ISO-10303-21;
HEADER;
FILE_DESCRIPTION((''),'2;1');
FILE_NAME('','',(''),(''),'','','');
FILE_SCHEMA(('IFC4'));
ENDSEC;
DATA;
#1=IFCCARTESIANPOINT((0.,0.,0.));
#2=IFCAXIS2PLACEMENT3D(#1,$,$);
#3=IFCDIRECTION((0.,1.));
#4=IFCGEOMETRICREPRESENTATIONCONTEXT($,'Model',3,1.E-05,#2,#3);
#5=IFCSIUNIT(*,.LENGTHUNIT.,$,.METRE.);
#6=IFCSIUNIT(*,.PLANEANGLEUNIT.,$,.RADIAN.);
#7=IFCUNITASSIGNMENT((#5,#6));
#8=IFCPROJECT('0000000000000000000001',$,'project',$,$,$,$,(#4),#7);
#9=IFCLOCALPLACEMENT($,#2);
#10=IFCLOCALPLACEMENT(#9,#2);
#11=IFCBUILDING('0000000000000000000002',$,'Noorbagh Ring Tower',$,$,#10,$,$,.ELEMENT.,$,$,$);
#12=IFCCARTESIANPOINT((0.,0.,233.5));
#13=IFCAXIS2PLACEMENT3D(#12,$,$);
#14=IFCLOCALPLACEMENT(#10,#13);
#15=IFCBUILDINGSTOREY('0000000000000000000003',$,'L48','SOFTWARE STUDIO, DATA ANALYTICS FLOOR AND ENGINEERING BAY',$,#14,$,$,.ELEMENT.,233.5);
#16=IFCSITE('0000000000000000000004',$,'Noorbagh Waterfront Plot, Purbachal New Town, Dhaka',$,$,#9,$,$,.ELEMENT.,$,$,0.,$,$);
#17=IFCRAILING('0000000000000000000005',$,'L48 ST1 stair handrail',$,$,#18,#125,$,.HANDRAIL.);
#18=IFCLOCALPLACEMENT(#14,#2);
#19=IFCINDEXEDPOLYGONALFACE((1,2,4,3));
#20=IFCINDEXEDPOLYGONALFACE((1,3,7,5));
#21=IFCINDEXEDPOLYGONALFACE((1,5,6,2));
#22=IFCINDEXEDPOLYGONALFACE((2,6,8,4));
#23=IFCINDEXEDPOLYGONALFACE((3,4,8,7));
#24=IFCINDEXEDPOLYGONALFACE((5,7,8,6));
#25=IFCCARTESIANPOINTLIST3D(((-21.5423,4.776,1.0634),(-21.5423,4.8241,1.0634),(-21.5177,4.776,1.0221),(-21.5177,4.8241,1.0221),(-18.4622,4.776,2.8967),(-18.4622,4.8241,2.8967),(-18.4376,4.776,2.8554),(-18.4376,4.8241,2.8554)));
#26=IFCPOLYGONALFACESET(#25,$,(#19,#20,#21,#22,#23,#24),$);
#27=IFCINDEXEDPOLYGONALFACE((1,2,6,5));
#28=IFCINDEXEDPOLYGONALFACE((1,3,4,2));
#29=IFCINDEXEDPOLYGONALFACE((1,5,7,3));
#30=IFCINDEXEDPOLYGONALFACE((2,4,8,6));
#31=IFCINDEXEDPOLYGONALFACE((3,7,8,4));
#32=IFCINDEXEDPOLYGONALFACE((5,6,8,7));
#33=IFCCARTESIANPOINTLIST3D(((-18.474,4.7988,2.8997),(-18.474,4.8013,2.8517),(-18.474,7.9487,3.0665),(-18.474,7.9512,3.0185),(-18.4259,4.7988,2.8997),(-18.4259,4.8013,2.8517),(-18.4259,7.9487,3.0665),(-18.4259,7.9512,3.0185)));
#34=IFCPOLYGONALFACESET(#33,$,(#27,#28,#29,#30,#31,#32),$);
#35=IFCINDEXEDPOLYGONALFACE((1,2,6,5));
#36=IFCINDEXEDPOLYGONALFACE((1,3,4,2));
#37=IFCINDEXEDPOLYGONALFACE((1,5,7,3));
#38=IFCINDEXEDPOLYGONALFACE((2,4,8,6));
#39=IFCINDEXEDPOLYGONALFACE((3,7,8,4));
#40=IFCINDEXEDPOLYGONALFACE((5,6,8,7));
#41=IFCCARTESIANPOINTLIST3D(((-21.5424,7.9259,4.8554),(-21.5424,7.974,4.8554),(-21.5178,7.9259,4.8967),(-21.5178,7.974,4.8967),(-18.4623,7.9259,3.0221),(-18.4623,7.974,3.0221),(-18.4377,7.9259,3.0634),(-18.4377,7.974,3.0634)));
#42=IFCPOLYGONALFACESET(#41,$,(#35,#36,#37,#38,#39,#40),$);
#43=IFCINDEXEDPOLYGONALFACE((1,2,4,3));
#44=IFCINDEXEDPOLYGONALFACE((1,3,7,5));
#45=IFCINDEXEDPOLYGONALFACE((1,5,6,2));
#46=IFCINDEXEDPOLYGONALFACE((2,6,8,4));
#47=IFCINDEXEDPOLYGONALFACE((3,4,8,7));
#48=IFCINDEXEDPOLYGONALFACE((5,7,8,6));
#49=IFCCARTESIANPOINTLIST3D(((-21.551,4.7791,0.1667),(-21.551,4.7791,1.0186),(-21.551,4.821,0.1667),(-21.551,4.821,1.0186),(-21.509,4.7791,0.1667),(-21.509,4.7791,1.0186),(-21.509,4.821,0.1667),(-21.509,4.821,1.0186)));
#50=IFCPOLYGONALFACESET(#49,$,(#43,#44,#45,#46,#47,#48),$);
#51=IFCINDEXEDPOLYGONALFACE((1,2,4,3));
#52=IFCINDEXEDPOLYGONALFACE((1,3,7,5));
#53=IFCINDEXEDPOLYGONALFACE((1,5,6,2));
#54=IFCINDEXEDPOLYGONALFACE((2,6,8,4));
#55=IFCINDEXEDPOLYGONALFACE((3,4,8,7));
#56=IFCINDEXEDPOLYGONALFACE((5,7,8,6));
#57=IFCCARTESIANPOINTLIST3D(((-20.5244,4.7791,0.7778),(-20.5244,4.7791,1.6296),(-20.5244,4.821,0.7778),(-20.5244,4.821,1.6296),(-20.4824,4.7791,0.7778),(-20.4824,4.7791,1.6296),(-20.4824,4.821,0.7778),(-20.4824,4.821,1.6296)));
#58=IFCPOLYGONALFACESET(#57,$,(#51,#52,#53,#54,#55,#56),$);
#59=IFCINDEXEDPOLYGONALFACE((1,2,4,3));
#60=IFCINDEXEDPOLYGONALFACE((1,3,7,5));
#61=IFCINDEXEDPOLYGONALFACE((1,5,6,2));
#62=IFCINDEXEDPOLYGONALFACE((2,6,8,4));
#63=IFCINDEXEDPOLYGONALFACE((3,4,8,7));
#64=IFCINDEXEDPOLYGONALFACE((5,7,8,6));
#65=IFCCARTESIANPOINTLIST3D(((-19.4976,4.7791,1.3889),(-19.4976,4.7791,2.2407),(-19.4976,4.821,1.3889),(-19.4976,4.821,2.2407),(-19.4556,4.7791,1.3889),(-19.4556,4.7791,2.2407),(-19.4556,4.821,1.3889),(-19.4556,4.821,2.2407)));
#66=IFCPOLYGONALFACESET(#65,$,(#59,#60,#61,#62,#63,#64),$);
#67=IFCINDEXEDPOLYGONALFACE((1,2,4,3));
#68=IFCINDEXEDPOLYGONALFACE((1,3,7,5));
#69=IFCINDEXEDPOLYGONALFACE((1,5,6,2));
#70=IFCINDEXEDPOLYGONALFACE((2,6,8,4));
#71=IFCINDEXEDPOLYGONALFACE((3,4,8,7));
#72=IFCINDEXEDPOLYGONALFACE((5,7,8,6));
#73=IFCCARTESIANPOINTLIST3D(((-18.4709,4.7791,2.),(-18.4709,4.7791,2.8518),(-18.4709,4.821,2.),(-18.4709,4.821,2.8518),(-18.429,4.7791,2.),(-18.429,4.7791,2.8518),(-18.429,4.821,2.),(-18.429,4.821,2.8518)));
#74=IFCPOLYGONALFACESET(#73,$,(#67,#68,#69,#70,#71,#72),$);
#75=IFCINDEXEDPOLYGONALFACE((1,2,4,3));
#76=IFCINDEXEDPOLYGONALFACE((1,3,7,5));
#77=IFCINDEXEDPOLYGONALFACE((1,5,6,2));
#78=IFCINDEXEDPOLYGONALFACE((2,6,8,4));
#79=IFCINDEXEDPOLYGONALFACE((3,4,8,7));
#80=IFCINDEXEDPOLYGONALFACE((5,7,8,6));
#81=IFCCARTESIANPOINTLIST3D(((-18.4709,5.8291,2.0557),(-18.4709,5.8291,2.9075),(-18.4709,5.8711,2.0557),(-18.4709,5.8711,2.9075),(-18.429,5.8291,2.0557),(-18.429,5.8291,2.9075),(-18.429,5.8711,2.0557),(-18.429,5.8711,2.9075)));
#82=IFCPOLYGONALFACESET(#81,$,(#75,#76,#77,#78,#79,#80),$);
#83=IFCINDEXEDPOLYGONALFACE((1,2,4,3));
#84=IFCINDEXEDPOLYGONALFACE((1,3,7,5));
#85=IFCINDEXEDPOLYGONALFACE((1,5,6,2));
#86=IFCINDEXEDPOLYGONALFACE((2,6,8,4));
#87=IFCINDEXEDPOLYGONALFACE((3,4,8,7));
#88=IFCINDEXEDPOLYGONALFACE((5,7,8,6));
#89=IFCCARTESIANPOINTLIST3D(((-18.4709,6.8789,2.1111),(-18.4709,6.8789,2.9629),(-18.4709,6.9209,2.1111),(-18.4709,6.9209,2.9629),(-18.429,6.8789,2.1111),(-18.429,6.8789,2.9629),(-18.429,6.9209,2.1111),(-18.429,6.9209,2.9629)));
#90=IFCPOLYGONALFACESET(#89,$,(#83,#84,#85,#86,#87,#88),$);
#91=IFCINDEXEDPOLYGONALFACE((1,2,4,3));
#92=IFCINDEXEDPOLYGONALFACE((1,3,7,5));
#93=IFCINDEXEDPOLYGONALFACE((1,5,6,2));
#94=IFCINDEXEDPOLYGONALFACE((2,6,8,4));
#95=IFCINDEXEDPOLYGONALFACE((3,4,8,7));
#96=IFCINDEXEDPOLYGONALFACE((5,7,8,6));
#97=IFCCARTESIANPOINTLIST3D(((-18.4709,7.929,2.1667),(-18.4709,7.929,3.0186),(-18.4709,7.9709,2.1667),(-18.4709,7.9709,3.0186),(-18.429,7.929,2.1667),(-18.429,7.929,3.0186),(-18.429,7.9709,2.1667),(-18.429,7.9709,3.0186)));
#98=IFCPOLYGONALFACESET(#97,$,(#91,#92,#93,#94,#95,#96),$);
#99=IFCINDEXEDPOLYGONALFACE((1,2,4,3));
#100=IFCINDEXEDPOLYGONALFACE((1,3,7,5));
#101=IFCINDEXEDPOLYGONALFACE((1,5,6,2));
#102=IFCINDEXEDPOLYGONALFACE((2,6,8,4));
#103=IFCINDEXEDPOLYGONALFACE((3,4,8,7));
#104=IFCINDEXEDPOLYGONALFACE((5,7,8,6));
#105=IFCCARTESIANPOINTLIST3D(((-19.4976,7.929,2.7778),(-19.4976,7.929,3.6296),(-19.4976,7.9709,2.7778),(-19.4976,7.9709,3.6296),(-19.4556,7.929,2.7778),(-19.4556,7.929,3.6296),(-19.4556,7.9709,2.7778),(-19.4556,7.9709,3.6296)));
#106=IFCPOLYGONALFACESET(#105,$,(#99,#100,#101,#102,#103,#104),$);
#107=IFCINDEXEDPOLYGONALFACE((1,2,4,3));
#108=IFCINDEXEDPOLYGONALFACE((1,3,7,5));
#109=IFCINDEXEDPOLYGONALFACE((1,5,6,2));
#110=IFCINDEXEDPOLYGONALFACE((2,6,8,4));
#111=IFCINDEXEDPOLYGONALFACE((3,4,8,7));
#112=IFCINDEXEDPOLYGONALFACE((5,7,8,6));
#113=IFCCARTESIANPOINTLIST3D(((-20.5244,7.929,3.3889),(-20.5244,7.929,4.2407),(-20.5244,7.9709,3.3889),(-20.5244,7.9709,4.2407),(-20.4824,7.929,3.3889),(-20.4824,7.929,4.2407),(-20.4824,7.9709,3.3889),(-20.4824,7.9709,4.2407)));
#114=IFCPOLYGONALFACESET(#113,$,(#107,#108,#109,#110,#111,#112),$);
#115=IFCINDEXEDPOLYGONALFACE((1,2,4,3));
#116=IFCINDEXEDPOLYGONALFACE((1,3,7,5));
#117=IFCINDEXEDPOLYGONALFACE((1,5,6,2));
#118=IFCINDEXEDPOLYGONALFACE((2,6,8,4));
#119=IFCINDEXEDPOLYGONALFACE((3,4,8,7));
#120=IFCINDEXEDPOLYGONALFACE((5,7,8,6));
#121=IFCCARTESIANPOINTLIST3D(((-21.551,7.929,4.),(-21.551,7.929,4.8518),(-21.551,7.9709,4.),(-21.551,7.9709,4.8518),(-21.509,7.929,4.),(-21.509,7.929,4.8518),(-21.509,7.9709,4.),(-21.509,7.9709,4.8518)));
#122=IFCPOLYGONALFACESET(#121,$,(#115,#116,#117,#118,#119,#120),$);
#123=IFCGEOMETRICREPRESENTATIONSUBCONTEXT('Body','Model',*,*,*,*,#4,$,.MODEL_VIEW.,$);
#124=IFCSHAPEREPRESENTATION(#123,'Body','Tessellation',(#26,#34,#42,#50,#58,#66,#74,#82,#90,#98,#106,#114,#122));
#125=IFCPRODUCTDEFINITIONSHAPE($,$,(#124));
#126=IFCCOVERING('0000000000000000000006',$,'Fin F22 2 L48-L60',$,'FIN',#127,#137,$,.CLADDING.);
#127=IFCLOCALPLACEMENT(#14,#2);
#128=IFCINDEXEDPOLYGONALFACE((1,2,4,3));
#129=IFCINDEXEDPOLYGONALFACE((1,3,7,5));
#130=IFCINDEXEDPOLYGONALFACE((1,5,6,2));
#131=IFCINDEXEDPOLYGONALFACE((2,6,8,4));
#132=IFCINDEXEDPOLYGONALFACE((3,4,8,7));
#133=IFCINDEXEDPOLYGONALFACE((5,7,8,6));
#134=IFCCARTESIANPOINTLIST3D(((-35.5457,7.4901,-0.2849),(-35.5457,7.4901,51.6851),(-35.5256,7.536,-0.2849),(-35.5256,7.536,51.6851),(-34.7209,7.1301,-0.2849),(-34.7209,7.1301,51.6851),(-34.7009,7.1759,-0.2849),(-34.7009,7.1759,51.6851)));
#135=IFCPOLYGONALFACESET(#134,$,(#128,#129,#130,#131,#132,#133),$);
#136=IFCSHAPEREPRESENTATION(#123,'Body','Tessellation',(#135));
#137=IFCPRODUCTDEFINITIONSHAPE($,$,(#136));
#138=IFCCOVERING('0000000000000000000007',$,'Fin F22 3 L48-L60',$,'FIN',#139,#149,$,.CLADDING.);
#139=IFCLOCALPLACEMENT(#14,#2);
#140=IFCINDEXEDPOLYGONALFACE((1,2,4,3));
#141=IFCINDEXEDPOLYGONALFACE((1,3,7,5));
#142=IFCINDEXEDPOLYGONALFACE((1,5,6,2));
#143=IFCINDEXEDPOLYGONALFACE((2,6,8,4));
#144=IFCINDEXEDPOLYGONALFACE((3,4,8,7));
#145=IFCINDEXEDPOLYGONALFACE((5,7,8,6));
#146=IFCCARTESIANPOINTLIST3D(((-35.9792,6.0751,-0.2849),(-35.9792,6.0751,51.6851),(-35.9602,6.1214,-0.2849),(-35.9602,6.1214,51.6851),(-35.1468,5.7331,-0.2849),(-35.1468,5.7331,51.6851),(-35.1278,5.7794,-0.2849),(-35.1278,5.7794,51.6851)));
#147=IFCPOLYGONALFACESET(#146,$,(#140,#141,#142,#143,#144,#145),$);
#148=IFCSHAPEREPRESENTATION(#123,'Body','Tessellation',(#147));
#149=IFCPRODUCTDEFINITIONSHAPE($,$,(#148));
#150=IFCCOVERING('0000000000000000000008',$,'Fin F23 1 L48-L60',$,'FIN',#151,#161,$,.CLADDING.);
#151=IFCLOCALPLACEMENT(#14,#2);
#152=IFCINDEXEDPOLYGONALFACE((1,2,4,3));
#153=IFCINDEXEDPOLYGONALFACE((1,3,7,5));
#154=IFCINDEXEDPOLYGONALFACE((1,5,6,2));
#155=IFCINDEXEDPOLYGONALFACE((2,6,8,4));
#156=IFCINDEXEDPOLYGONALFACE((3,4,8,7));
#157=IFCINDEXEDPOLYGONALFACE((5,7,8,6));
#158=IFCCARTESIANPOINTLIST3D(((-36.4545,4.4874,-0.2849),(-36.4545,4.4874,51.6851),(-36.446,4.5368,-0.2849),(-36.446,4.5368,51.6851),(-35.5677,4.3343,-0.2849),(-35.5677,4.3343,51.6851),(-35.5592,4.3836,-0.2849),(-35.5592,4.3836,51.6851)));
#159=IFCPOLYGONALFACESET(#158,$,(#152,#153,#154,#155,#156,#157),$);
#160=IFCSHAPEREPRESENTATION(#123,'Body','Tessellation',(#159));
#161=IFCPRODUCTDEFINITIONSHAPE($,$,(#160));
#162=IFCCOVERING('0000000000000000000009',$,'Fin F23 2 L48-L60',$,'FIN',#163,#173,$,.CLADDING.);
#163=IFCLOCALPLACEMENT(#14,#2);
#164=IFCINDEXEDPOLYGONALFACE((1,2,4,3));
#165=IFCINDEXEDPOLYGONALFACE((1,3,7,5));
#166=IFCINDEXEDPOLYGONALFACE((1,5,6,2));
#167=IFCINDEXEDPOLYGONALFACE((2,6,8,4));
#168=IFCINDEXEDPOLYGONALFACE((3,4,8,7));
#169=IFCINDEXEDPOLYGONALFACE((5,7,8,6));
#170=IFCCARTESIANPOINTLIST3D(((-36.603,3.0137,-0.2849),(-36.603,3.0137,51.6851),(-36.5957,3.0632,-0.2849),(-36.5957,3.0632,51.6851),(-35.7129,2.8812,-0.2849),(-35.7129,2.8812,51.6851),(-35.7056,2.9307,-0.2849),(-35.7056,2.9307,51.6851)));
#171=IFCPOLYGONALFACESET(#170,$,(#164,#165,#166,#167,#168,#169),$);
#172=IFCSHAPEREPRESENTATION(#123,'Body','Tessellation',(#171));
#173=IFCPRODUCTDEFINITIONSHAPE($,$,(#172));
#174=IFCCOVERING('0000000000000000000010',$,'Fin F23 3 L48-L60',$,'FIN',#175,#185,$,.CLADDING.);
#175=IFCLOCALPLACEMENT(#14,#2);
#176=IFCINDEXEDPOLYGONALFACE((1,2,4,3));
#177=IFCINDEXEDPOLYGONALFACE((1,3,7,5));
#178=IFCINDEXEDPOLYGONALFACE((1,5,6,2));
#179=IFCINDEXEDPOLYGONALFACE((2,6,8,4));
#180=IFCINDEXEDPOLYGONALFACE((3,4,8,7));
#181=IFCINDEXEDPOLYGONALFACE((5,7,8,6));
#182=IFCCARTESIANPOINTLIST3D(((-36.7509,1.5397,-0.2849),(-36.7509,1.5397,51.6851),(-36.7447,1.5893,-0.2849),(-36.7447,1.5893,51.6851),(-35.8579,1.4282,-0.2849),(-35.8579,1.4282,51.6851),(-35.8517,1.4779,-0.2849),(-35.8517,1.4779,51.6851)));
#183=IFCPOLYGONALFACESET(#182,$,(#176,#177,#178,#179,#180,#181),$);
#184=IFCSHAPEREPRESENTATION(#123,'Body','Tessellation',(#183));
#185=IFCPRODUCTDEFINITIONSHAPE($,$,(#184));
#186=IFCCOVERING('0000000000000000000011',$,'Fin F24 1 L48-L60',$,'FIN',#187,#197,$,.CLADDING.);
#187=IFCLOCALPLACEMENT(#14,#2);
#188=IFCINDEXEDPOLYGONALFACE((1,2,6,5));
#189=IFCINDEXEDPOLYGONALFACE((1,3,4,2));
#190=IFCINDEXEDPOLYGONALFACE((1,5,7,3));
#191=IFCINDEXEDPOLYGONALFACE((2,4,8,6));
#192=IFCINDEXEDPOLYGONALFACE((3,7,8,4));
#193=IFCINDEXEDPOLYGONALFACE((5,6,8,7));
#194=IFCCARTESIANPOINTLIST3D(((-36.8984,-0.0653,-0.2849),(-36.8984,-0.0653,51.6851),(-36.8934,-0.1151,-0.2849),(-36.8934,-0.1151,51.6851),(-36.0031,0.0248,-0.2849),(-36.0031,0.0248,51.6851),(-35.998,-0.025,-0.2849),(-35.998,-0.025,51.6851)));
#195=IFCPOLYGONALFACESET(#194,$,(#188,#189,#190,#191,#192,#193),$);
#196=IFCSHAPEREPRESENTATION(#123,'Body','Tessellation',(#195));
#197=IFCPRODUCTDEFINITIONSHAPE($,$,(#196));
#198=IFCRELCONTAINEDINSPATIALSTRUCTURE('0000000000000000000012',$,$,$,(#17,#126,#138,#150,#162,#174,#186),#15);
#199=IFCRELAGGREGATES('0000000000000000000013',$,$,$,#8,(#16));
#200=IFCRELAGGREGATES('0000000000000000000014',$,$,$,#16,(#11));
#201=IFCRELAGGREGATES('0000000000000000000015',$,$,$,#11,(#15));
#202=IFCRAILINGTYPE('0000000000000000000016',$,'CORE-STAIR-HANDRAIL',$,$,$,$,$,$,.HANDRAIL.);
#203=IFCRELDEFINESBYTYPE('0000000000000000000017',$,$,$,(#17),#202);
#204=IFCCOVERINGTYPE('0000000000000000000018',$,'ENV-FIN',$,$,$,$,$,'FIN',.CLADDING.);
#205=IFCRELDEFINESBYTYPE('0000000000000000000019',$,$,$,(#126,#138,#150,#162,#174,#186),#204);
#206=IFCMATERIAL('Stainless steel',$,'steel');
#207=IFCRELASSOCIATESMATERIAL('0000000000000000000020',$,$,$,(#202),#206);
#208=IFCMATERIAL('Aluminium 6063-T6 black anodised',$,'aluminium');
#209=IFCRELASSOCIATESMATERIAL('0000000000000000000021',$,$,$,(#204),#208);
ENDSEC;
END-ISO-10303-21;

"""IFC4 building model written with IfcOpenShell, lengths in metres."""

from ifc_helpers import new_model, si_unit, direction, frame, origin, origin_2d, place, context, subcontext, project, spatial, rectangle, extrude, material, material_profile, profile_set, type_object, element, save


model = new_model("IFC4")

# Units and contexts
model_context = context("Model", 3, precision=1e-05, world=origin(), true_north=direction((0.0, 1.0)))
body_context = subcontext(model_context, "Body", "Model", "MODEL_VIEW")
ifc_project = project(units=[si_unit("LENGTHUNIT", "METRE"), si_unit("PLANEANGLEUNIT", "RADIAN")], contexts=[model_context])

# Site, building, storey
site_placement = place(None, origin())
site = spatial("IfcSite", under=ifc_project, at=site_placement, Name="Noorbagh Waterfront Plot, Purbachal New Town, Dhaka", CompositionType="ELEMENT", RefElevation=0.0)
building_placement = place(site_placement, origin())
building = spatial("IfcBuilding", under=site, at=building_placement, Name="Noorbagh Ring Tower", CompositionType="ELEMENT")
storey_placement = place(building_placement, frame((0.0, 0.0, 233.5)))
storey = spatial("IfcBuildingStorey", under=building, at=storey_placement, Name="L48", Description="SOFTWARE STUDIO, DATA ANALYTICS FLOOR AND ENGINEERING BAY", CompositionType="ELEMENT", Elevation=233.5)

# Railing
ifc_material_1 = material(Name="Stainless steel", Category="steel")
railing_type_1 = type_object("IfcRailingType", Name="CORE-STAIR-HANDRAIL", PredefinedType="HANDRAIL", material=ifc_material_1)
railing_1_placement = place(storey_placement, frame((-21.53, 4.8, 0.1667)))
element("IfcRailing", 1, at=railing_1_placement, inside=storey, type_object=railing_type_1, Name="L48 ST1 stair handrail", PredefinedType="HANDRAIL", context=body_context, shape_type="SweptSolid", body=[
    extrude(rectangle(XDim=0.0481, YDim=0.0481, at=origin_2d()), frame((0.0, 0.0, 0.876), z_axis=(0.859309, 0.0, 0.511458), x_axis=(0.0, 1.0, 0.0)), (0.0, 0.0, 1.0), 3.5845),
    extrude(rectangle(XDim=0.0481, YDim=0.0481, at=origin_2d()), frame((3.0801, 0.0, 2.709), z_axis=(0.0, 0.998602, 0.052864), x_axis=(-1.0, 0.0, 0.0)), (0.0, 0.0, 1.0), 3.1543),
    extrude(rectangle(XDim=0.0481, YDim=0.0481, at=origin_2d()), frame((3.0801, 3.1499, 2.876), z_axis=(-0.859309, 0.0, 0.511458), x_axis=(0.0, -1.0, 0.0)), (0.0, 0.0, 1.0), 3.5845),
    extrude(rectangle(XDim=0.042, YDim=0.042, at=origin_2d()), origin(), (0.0, 0.0, 1.0), 0.8518),
    extrude(rectangle(XDim=0.042, YDim=0.042, at=origin_2d()), frame((1.0266, 0.0, 0.6111)), (0.0, 0.0, 1.0), 0.8518),
    extrude(rectangle(XDim=0.042, YDim=0.042, at=origin_2d()), frame((2.0535, 0.0, 1.2222)), (0.0, 0.0, 1.0), 0.8518),
    extrude(rectangle(XDim=0.042, YDim=0.042, at=origin_2d()), frame((3.0801, 0.0, 1.8333)), (0.0, 0.0, 1.0), 0.8518),
    extrude(rectangle(XDim=0.042, YDim=0.042, at=origin_2d()), frame((3.0801, 1.05, 1.8889)), (0.0, 0.0, 1.0), 0.8518),
    extrude(rectangle(XDim=0.042, YDim=0.042, at=origin_2d()), frame((3.0801, 2.0999, 1.9443)), (0.0, 0.0, 1.0), 0.8518),
    extrude(rectangle(XDim=0.042, YDim=0.042, at=origin_2d()), frame((3.0801, 3.1499, 2.0)), (0.0, 0.0, 1.0), 0.8518),
    extrude(rectangle(XDim=0.042, YDim=0.042, at=origin_2d()), frame((2.0535, 3.1499, 2.6111)), (0.0, 0.0, 1.0), 0.8518),
    extrude(rectangle(XDim=0.042, YDim=0.042, at=origin_2d()), frame((1.0266, 3.1499, 3.2222)), (0.0, 0.0, 1.0), 0.8518),
    extrude(rectangle(XDim=0.042, YDim=0.042, at=origin_2d()), frame((0.0, 3.1499, 3.8333)), (0.0, 0.0, 1.0), 0.8518),
])

# Coverings
ifc_material_2 = material(Name="Aluminium 6063-T6 black anodised", Category="aluminium")
ifc_material_profile_1 = material_profile(ifc_material_2, rectangle(XDim=0.8999, YDim=0.05, at=origin_2d()), Name="900x50")
ifc_profile_set_1 = profile_set([ifc_material_profile_1], Name="Aluminium 6063-T6 black anodised")
covering_type = type_object("IfcCoveringType", Name="ENV-FIN", ElementType="FIN", PredefinedType="CLADDING", material=ifc_profile_set_1)
for number, where, z_axis, x_axis, name in (
    (2, (-35.1233, 7.333, -0.2849), (0.0, 0.0, 1.0), (-0.916475, 0.400092, 0.0), "Fin F22 2 L48-L60"),
    (3, (-35.5535, 5.9272, -0.2849), (0.0, 0.0, 1.0), (-0.925001, 0.379965, 0.0), "Fin F22 3 L48-L60"),
    (4, (-36.0068, 4.4355, -0.2849), (0.0, 0.0, 1.0), (-0.985419, 0.170147, 0.0), "Fin F23 1 L48-L60"),
    (5, (-36.1543, 2.9722, -0.2849), (0.0, 0.0, 1.0), (-0.989103, 0.147226, 0.0), "Fin F23 2 L48-L60"),
    (6, (-36.3013, 1.5088, -0.2849), (0.0, 0.0, 1.0), (-0.992303, 0.123835, 0.0), "Fin F23 3 L48-L60"),
    (7, (-36.4482, -0.0452, -0.2849), (0.0, 0.0, 1.0), (-0.99497, -0.100178, 0.0), "Fin F24 1 L48-L60"),
):
    element("IfcCovering", number, at=place(storey_placement, frame(where, z_axis=z_axis, x_axis=x_axis)), inside=storey, type_object=covering_type, Name=name, ObjectType="FIN", PredefinedType="CLADDING", context=body_context, shape_type="SweptSolid", body=[
        extrude(rectangle(XDim=0.8999, YDim=0.05, at=origin_2d()), origin(), (0.0, 0.0, 1.0), 51.97),
    ])

save(model, "model.ifc")
